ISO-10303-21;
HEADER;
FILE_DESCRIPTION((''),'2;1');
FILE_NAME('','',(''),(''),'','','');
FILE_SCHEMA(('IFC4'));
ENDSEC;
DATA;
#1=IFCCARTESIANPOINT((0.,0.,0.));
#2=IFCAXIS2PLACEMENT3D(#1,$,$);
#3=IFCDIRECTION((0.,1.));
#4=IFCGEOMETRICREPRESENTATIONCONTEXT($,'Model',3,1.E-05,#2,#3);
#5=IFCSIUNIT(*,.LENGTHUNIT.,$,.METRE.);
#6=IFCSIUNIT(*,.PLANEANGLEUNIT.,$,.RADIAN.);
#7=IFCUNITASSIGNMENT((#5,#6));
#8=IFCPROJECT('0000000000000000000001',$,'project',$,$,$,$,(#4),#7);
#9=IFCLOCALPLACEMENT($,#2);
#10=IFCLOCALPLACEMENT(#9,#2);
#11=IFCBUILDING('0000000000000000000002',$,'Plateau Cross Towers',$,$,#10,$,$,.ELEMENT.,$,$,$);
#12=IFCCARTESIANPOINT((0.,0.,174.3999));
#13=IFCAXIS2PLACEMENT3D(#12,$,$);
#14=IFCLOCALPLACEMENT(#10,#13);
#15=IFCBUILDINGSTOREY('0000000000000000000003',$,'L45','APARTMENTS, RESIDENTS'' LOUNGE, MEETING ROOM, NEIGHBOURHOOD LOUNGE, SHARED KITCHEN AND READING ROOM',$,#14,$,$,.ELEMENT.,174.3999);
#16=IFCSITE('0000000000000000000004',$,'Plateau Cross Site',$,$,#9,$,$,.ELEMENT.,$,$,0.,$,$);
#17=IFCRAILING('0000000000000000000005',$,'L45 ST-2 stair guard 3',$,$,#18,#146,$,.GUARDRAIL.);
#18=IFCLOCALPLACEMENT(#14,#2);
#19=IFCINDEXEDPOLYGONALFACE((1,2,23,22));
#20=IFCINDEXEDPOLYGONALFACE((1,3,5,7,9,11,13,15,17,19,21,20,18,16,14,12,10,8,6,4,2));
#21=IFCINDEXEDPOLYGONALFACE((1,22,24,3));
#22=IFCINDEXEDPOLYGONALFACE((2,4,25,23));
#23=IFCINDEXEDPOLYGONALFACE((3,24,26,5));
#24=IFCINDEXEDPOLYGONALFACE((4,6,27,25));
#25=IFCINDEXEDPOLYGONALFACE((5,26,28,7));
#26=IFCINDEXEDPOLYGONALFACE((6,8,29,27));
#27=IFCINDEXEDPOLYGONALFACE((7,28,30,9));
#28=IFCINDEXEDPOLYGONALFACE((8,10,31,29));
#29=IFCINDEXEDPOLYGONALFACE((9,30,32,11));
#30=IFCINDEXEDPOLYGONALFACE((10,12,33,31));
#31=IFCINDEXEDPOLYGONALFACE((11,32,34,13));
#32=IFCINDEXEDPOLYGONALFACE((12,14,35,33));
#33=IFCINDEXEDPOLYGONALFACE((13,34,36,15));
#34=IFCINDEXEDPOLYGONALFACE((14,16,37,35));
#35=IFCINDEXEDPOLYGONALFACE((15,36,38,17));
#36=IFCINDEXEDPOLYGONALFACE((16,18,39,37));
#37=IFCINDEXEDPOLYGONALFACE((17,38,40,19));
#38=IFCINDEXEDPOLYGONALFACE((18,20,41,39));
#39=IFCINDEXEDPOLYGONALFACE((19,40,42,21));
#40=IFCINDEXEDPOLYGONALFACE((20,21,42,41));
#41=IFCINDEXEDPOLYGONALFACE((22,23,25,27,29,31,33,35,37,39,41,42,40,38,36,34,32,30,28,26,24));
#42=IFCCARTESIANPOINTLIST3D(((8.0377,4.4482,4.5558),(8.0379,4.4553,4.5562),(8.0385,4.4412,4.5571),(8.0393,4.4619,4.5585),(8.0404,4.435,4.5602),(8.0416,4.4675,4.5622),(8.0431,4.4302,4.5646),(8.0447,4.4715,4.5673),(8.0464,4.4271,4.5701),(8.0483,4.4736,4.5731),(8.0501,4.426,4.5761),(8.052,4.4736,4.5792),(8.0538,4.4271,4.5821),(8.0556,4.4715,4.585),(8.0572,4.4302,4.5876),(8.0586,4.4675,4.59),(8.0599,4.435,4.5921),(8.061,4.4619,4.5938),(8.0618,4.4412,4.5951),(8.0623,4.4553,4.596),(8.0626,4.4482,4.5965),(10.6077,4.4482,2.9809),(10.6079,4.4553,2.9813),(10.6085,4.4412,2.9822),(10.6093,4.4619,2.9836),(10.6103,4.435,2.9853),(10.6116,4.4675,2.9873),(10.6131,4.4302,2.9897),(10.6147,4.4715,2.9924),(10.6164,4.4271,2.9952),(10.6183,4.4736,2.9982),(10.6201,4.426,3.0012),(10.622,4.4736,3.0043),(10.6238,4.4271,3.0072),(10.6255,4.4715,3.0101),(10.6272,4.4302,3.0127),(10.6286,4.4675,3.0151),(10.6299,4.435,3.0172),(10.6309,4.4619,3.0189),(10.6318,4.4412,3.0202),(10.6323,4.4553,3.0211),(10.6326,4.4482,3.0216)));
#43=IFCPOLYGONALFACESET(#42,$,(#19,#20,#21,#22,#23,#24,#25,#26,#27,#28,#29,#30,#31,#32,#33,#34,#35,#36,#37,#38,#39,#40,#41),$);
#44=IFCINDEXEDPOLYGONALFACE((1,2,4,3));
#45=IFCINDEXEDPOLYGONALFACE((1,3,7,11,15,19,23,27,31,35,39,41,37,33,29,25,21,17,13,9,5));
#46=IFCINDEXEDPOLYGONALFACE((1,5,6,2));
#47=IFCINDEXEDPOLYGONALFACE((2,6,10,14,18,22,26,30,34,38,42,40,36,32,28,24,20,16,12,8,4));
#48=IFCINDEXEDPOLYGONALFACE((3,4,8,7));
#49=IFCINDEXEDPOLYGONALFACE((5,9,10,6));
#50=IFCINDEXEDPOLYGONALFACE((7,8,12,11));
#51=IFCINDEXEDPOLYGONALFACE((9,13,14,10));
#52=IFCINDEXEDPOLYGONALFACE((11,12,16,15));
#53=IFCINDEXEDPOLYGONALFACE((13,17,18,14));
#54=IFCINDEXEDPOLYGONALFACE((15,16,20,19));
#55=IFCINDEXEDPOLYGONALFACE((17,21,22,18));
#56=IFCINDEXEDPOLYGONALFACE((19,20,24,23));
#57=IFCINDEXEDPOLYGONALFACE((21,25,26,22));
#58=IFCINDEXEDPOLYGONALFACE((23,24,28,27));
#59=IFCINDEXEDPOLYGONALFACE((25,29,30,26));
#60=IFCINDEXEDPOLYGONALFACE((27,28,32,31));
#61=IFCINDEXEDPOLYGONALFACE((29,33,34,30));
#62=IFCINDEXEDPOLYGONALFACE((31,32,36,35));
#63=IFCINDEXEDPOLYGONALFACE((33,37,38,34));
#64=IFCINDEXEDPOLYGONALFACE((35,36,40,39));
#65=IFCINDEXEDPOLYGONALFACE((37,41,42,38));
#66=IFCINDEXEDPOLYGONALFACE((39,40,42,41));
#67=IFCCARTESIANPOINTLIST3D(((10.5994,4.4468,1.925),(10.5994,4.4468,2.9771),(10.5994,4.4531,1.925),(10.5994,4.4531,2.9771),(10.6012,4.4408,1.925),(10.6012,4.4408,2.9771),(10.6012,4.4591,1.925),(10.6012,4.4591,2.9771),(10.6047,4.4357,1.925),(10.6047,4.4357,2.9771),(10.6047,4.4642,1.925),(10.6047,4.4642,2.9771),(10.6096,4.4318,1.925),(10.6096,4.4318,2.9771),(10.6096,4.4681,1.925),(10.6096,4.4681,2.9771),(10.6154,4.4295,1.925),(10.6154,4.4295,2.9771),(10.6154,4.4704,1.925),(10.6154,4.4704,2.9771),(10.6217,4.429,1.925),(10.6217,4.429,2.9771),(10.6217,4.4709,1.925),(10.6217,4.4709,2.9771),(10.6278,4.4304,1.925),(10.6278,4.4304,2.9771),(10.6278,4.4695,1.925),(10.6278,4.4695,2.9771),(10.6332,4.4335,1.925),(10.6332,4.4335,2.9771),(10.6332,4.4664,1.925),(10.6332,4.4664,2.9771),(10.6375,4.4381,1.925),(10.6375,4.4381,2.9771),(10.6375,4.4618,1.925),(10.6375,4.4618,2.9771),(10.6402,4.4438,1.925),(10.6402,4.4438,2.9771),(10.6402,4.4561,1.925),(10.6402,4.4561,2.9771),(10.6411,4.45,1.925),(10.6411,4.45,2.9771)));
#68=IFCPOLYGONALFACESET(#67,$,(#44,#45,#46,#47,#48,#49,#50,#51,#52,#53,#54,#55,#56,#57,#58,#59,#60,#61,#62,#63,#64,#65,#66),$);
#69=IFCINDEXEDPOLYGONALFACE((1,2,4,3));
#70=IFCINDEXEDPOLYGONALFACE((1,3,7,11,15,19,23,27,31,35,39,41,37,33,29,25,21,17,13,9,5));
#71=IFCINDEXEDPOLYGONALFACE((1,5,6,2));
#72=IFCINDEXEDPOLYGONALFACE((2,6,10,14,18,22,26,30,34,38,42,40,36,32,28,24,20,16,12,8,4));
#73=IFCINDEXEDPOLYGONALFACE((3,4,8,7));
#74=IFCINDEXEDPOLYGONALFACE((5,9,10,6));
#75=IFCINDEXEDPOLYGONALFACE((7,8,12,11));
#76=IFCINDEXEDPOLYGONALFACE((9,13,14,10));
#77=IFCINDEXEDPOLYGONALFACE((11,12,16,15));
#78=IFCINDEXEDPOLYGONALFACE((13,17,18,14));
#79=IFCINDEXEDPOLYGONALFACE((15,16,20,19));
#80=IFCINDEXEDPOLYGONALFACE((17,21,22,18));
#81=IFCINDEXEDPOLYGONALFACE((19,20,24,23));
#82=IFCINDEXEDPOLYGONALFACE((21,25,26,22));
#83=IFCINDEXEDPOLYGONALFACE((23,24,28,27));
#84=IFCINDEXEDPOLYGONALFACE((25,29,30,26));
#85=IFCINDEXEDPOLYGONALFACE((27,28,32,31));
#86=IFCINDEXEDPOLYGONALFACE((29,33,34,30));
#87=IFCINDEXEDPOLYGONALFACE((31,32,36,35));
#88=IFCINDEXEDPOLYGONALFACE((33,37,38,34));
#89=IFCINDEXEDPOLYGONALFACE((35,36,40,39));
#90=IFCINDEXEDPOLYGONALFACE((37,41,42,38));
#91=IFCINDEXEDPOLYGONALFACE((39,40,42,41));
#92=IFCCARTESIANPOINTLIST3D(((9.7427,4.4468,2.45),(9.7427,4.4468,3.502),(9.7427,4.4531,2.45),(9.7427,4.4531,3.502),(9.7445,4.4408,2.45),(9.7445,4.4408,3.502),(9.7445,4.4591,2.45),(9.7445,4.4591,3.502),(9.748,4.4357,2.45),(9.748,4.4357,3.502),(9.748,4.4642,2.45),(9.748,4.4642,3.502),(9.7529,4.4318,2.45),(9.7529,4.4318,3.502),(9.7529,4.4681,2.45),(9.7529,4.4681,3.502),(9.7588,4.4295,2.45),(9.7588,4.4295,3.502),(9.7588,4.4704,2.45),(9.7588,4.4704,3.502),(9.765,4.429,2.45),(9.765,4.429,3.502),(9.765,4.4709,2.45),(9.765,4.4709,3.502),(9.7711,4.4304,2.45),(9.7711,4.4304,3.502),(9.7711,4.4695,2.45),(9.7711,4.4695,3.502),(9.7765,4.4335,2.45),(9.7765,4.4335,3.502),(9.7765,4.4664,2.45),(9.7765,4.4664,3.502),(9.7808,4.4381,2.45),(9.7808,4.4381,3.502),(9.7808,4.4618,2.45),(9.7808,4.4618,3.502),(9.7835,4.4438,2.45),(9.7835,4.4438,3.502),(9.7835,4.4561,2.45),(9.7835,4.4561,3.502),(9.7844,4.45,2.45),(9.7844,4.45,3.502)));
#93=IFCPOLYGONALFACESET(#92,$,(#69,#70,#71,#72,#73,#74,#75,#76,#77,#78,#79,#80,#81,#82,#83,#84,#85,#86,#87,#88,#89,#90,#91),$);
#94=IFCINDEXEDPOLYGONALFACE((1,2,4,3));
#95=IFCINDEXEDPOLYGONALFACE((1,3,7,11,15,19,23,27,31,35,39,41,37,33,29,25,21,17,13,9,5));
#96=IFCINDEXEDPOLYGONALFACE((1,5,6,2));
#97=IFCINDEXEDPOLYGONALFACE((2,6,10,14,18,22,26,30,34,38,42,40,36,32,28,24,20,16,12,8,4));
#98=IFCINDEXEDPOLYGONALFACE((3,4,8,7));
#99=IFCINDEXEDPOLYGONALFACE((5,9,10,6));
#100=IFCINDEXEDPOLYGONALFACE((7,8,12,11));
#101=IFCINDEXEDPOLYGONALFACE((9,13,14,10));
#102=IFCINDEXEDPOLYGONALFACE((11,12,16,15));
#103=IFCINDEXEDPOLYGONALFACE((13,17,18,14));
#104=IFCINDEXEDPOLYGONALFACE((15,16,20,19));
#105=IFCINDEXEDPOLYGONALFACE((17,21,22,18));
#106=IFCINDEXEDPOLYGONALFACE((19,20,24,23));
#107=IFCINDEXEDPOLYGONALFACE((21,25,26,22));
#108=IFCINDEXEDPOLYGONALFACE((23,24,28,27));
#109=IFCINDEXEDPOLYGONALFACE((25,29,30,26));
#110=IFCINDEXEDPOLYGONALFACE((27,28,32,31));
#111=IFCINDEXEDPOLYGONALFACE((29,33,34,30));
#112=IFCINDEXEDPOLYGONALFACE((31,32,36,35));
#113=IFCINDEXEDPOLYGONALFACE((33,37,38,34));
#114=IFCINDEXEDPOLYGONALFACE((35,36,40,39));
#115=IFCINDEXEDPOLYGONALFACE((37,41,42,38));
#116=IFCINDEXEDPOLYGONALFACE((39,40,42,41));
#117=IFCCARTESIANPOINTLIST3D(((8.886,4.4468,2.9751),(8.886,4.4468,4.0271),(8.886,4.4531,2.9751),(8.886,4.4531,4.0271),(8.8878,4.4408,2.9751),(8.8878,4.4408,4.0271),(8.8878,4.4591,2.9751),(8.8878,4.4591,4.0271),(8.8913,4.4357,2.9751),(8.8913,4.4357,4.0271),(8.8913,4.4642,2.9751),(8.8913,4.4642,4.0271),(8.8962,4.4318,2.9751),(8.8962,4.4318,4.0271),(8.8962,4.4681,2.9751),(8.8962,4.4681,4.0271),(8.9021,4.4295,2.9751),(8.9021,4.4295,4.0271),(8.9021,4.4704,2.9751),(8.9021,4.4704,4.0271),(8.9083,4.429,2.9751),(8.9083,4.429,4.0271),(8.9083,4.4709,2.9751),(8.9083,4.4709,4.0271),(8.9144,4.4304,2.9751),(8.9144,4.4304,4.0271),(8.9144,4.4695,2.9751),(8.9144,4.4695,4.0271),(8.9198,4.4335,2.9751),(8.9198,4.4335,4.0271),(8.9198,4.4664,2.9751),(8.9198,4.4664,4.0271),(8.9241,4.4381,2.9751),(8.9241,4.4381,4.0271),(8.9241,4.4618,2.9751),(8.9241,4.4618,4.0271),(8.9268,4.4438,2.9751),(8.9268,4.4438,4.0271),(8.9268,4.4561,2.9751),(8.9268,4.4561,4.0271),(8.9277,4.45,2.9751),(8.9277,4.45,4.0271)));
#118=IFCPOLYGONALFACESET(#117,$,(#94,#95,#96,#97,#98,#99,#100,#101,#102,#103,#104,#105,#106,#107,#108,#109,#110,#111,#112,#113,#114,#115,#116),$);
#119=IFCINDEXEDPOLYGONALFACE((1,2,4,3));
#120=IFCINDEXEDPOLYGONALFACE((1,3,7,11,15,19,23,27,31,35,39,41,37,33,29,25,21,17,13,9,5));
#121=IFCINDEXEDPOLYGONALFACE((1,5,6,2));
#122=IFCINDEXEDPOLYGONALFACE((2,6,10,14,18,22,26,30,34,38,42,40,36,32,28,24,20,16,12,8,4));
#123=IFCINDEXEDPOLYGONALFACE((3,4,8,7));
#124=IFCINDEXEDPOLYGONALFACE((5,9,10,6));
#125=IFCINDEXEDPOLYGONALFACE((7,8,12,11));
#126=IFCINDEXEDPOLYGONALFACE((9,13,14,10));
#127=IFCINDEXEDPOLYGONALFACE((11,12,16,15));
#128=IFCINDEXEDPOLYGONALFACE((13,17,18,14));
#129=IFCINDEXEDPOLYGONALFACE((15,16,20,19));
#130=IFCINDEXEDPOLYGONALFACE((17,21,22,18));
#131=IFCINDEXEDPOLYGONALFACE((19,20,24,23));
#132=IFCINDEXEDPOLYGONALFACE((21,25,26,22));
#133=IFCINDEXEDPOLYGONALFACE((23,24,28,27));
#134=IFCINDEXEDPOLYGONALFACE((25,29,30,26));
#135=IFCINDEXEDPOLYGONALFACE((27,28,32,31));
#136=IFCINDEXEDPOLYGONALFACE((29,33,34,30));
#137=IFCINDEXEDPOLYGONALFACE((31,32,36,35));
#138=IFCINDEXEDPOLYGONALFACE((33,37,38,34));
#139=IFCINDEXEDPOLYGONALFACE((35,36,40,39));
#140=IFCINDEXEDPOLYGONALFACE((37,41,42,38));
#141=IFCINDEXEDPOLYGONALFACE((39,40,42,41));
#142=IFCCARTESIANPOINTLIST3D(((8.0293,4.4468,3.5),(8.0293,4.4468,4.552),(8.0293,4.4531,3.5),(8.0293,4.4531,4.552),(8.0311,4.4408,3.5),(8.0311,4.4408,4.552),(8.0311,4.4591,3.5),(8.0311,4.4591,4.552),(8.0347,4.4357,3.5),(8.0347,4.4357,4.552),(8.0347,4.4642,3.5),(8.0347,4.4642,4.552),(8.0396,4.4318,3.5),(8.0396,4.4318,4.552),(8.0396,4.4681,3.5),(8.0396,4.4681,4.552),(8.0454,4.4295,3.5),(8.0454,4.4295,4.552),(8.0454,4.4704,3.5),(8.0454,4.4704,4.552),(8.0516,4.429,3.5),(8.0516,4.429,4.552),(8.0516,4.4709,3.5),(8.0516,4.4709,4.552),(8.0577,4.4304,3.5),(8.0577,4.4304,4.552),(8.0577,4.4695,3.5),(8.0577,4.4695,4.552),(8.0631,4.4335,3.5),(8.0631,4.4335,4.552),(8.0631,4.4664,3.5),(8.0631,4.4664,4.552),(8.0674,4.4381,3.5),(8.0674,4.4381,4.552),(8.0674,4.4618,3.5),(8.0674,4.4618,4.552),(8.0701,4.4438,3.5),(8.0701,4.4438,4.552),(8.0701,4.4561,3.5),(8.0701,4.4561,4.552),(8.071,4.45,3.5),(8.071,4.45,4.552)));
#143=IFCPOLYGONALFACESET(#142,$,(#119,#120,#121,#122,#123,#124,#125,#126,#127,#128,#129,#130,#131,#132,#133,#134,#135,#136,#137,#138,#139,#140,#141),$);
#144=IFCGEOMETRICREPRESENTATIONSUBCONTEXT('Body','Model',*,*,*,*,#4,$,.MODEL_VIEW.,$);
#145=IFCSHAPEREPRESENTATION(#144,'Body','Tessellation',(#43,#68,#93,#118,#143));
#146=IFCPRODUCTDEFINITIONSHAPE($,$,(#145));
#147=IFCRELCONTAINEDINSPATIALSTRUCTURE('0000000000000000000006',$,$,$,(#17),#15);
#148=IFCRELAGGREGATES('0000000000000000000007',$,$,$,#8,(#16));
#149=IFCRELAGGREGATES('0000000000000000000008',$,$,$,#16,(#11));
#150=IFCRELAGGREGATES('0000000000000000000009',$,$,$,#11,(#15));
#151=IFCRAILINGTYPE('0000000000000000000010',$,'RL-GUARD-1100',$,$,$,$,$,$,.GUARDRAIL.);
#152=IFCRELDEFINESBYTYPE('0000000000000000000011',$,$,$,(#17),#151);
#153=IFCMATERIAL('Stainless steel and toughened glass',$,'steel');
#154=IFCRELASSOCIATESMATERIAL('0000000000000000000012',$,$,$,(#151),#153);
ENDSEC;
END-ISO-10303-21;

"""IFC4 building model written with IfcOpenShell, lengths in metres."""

from ifc_helpers import new_model, si_unit, direction, frame, origin, origin_2d, place, context, subcontext, project, spatial, circle, extrude, material, type_object, element, save


model = new_model("IFC4")

# Units and contexts
model_context = context("Model", 3, precision=1e-05, world=origin(), true_north=direction((0.0, 1.0)))
body_context = subcontext(model_context, "Body", "Model", "MODEL_VIEW")
ifc_project = project(units=[si_unit("LENGTHUNIT", "METRE"), si_unit("PLANEANGLEUNIT", "RADIAN")], contexts=[model_context])

# Site, building, storey
site_placement = place(None, origin())
site = spatial("IfcSite", under=ifc_project, at=site_placement, Name="Plateau Cross Site", CompositionType="ELEMENT", RefElevation=0.0)
building_placement = place(site_placement, origin())
building = spatial("IfcBuilding", under=site, at=building_placement, Name="Plateau Cross Towers", CompositionType="ELEMENT")
storey_placement = place(building_placement, frame((0.0, 0.0, 174.3999)))
storey = spatial("IfcBuildingStorey", under=building, at=storey_placement, Name="L45", Description="APARTMENTS, RESIDENTS' LOUNGE, MEETING ROOM, NEIGHBOURHOOD LOUNGE, SHARED KITCHEN AND READING ROOM", CompositionType="ELEMENT", Elevation=174.3999)

# Railing
ifc_material_1 = material(Name="Stainless steel and toughened glass", Category="steel")
railing_type_1 = type_object("IfcRailingType", Name="RL-GUARD-1100", PredefinedType="GUARDRAIL", material=ifc_material_1)
railing_1_placement = place(storey_placement, frame((10.6201, 4.45, 1.925)))
element("IfcRailing", 1, at=railing_1_placement, inside=storey, type_object=railing_type_1, Name="L45 ST-2 stair guard 3", PredefinedType="GUARDRAIL", context=body_context, shape_type="SweptSolid", body=[
    extrude(circle(Radius=0.0239, at=origin_2d()), frame((0.0, 0.0, 1.0762), z_axis=(-0.852639, 0.0, 0.522501), x_axis=(0.0, -1.0, 0.0)), (0.0, 0.0, 1.0), 3.0142),
    extrude(circle(Radius=0.021, at=origin_2d()), origin(), (0.0, 0.0, 1.0), 1.052),
    extrude(circle(Radius=0.021, at=origin_2d()), frame((-0.8567, 0.0, 0.5249)), (0.0, 0.0, 1.0), 1.052),
    extrude(circle(Radius=0.021, at=origin_2d()), frame((-1.7134, 0.0, 1.05)), (0.0, 0.0, 1.0), 1.052),
    extrude(circle(Radius=0.021, at=origin_2d()), frame((-2.5701, 0.0, 1.575)), (0.0, 0.0, 1.0), 1.052),
])

save(model, "model.ifc")
